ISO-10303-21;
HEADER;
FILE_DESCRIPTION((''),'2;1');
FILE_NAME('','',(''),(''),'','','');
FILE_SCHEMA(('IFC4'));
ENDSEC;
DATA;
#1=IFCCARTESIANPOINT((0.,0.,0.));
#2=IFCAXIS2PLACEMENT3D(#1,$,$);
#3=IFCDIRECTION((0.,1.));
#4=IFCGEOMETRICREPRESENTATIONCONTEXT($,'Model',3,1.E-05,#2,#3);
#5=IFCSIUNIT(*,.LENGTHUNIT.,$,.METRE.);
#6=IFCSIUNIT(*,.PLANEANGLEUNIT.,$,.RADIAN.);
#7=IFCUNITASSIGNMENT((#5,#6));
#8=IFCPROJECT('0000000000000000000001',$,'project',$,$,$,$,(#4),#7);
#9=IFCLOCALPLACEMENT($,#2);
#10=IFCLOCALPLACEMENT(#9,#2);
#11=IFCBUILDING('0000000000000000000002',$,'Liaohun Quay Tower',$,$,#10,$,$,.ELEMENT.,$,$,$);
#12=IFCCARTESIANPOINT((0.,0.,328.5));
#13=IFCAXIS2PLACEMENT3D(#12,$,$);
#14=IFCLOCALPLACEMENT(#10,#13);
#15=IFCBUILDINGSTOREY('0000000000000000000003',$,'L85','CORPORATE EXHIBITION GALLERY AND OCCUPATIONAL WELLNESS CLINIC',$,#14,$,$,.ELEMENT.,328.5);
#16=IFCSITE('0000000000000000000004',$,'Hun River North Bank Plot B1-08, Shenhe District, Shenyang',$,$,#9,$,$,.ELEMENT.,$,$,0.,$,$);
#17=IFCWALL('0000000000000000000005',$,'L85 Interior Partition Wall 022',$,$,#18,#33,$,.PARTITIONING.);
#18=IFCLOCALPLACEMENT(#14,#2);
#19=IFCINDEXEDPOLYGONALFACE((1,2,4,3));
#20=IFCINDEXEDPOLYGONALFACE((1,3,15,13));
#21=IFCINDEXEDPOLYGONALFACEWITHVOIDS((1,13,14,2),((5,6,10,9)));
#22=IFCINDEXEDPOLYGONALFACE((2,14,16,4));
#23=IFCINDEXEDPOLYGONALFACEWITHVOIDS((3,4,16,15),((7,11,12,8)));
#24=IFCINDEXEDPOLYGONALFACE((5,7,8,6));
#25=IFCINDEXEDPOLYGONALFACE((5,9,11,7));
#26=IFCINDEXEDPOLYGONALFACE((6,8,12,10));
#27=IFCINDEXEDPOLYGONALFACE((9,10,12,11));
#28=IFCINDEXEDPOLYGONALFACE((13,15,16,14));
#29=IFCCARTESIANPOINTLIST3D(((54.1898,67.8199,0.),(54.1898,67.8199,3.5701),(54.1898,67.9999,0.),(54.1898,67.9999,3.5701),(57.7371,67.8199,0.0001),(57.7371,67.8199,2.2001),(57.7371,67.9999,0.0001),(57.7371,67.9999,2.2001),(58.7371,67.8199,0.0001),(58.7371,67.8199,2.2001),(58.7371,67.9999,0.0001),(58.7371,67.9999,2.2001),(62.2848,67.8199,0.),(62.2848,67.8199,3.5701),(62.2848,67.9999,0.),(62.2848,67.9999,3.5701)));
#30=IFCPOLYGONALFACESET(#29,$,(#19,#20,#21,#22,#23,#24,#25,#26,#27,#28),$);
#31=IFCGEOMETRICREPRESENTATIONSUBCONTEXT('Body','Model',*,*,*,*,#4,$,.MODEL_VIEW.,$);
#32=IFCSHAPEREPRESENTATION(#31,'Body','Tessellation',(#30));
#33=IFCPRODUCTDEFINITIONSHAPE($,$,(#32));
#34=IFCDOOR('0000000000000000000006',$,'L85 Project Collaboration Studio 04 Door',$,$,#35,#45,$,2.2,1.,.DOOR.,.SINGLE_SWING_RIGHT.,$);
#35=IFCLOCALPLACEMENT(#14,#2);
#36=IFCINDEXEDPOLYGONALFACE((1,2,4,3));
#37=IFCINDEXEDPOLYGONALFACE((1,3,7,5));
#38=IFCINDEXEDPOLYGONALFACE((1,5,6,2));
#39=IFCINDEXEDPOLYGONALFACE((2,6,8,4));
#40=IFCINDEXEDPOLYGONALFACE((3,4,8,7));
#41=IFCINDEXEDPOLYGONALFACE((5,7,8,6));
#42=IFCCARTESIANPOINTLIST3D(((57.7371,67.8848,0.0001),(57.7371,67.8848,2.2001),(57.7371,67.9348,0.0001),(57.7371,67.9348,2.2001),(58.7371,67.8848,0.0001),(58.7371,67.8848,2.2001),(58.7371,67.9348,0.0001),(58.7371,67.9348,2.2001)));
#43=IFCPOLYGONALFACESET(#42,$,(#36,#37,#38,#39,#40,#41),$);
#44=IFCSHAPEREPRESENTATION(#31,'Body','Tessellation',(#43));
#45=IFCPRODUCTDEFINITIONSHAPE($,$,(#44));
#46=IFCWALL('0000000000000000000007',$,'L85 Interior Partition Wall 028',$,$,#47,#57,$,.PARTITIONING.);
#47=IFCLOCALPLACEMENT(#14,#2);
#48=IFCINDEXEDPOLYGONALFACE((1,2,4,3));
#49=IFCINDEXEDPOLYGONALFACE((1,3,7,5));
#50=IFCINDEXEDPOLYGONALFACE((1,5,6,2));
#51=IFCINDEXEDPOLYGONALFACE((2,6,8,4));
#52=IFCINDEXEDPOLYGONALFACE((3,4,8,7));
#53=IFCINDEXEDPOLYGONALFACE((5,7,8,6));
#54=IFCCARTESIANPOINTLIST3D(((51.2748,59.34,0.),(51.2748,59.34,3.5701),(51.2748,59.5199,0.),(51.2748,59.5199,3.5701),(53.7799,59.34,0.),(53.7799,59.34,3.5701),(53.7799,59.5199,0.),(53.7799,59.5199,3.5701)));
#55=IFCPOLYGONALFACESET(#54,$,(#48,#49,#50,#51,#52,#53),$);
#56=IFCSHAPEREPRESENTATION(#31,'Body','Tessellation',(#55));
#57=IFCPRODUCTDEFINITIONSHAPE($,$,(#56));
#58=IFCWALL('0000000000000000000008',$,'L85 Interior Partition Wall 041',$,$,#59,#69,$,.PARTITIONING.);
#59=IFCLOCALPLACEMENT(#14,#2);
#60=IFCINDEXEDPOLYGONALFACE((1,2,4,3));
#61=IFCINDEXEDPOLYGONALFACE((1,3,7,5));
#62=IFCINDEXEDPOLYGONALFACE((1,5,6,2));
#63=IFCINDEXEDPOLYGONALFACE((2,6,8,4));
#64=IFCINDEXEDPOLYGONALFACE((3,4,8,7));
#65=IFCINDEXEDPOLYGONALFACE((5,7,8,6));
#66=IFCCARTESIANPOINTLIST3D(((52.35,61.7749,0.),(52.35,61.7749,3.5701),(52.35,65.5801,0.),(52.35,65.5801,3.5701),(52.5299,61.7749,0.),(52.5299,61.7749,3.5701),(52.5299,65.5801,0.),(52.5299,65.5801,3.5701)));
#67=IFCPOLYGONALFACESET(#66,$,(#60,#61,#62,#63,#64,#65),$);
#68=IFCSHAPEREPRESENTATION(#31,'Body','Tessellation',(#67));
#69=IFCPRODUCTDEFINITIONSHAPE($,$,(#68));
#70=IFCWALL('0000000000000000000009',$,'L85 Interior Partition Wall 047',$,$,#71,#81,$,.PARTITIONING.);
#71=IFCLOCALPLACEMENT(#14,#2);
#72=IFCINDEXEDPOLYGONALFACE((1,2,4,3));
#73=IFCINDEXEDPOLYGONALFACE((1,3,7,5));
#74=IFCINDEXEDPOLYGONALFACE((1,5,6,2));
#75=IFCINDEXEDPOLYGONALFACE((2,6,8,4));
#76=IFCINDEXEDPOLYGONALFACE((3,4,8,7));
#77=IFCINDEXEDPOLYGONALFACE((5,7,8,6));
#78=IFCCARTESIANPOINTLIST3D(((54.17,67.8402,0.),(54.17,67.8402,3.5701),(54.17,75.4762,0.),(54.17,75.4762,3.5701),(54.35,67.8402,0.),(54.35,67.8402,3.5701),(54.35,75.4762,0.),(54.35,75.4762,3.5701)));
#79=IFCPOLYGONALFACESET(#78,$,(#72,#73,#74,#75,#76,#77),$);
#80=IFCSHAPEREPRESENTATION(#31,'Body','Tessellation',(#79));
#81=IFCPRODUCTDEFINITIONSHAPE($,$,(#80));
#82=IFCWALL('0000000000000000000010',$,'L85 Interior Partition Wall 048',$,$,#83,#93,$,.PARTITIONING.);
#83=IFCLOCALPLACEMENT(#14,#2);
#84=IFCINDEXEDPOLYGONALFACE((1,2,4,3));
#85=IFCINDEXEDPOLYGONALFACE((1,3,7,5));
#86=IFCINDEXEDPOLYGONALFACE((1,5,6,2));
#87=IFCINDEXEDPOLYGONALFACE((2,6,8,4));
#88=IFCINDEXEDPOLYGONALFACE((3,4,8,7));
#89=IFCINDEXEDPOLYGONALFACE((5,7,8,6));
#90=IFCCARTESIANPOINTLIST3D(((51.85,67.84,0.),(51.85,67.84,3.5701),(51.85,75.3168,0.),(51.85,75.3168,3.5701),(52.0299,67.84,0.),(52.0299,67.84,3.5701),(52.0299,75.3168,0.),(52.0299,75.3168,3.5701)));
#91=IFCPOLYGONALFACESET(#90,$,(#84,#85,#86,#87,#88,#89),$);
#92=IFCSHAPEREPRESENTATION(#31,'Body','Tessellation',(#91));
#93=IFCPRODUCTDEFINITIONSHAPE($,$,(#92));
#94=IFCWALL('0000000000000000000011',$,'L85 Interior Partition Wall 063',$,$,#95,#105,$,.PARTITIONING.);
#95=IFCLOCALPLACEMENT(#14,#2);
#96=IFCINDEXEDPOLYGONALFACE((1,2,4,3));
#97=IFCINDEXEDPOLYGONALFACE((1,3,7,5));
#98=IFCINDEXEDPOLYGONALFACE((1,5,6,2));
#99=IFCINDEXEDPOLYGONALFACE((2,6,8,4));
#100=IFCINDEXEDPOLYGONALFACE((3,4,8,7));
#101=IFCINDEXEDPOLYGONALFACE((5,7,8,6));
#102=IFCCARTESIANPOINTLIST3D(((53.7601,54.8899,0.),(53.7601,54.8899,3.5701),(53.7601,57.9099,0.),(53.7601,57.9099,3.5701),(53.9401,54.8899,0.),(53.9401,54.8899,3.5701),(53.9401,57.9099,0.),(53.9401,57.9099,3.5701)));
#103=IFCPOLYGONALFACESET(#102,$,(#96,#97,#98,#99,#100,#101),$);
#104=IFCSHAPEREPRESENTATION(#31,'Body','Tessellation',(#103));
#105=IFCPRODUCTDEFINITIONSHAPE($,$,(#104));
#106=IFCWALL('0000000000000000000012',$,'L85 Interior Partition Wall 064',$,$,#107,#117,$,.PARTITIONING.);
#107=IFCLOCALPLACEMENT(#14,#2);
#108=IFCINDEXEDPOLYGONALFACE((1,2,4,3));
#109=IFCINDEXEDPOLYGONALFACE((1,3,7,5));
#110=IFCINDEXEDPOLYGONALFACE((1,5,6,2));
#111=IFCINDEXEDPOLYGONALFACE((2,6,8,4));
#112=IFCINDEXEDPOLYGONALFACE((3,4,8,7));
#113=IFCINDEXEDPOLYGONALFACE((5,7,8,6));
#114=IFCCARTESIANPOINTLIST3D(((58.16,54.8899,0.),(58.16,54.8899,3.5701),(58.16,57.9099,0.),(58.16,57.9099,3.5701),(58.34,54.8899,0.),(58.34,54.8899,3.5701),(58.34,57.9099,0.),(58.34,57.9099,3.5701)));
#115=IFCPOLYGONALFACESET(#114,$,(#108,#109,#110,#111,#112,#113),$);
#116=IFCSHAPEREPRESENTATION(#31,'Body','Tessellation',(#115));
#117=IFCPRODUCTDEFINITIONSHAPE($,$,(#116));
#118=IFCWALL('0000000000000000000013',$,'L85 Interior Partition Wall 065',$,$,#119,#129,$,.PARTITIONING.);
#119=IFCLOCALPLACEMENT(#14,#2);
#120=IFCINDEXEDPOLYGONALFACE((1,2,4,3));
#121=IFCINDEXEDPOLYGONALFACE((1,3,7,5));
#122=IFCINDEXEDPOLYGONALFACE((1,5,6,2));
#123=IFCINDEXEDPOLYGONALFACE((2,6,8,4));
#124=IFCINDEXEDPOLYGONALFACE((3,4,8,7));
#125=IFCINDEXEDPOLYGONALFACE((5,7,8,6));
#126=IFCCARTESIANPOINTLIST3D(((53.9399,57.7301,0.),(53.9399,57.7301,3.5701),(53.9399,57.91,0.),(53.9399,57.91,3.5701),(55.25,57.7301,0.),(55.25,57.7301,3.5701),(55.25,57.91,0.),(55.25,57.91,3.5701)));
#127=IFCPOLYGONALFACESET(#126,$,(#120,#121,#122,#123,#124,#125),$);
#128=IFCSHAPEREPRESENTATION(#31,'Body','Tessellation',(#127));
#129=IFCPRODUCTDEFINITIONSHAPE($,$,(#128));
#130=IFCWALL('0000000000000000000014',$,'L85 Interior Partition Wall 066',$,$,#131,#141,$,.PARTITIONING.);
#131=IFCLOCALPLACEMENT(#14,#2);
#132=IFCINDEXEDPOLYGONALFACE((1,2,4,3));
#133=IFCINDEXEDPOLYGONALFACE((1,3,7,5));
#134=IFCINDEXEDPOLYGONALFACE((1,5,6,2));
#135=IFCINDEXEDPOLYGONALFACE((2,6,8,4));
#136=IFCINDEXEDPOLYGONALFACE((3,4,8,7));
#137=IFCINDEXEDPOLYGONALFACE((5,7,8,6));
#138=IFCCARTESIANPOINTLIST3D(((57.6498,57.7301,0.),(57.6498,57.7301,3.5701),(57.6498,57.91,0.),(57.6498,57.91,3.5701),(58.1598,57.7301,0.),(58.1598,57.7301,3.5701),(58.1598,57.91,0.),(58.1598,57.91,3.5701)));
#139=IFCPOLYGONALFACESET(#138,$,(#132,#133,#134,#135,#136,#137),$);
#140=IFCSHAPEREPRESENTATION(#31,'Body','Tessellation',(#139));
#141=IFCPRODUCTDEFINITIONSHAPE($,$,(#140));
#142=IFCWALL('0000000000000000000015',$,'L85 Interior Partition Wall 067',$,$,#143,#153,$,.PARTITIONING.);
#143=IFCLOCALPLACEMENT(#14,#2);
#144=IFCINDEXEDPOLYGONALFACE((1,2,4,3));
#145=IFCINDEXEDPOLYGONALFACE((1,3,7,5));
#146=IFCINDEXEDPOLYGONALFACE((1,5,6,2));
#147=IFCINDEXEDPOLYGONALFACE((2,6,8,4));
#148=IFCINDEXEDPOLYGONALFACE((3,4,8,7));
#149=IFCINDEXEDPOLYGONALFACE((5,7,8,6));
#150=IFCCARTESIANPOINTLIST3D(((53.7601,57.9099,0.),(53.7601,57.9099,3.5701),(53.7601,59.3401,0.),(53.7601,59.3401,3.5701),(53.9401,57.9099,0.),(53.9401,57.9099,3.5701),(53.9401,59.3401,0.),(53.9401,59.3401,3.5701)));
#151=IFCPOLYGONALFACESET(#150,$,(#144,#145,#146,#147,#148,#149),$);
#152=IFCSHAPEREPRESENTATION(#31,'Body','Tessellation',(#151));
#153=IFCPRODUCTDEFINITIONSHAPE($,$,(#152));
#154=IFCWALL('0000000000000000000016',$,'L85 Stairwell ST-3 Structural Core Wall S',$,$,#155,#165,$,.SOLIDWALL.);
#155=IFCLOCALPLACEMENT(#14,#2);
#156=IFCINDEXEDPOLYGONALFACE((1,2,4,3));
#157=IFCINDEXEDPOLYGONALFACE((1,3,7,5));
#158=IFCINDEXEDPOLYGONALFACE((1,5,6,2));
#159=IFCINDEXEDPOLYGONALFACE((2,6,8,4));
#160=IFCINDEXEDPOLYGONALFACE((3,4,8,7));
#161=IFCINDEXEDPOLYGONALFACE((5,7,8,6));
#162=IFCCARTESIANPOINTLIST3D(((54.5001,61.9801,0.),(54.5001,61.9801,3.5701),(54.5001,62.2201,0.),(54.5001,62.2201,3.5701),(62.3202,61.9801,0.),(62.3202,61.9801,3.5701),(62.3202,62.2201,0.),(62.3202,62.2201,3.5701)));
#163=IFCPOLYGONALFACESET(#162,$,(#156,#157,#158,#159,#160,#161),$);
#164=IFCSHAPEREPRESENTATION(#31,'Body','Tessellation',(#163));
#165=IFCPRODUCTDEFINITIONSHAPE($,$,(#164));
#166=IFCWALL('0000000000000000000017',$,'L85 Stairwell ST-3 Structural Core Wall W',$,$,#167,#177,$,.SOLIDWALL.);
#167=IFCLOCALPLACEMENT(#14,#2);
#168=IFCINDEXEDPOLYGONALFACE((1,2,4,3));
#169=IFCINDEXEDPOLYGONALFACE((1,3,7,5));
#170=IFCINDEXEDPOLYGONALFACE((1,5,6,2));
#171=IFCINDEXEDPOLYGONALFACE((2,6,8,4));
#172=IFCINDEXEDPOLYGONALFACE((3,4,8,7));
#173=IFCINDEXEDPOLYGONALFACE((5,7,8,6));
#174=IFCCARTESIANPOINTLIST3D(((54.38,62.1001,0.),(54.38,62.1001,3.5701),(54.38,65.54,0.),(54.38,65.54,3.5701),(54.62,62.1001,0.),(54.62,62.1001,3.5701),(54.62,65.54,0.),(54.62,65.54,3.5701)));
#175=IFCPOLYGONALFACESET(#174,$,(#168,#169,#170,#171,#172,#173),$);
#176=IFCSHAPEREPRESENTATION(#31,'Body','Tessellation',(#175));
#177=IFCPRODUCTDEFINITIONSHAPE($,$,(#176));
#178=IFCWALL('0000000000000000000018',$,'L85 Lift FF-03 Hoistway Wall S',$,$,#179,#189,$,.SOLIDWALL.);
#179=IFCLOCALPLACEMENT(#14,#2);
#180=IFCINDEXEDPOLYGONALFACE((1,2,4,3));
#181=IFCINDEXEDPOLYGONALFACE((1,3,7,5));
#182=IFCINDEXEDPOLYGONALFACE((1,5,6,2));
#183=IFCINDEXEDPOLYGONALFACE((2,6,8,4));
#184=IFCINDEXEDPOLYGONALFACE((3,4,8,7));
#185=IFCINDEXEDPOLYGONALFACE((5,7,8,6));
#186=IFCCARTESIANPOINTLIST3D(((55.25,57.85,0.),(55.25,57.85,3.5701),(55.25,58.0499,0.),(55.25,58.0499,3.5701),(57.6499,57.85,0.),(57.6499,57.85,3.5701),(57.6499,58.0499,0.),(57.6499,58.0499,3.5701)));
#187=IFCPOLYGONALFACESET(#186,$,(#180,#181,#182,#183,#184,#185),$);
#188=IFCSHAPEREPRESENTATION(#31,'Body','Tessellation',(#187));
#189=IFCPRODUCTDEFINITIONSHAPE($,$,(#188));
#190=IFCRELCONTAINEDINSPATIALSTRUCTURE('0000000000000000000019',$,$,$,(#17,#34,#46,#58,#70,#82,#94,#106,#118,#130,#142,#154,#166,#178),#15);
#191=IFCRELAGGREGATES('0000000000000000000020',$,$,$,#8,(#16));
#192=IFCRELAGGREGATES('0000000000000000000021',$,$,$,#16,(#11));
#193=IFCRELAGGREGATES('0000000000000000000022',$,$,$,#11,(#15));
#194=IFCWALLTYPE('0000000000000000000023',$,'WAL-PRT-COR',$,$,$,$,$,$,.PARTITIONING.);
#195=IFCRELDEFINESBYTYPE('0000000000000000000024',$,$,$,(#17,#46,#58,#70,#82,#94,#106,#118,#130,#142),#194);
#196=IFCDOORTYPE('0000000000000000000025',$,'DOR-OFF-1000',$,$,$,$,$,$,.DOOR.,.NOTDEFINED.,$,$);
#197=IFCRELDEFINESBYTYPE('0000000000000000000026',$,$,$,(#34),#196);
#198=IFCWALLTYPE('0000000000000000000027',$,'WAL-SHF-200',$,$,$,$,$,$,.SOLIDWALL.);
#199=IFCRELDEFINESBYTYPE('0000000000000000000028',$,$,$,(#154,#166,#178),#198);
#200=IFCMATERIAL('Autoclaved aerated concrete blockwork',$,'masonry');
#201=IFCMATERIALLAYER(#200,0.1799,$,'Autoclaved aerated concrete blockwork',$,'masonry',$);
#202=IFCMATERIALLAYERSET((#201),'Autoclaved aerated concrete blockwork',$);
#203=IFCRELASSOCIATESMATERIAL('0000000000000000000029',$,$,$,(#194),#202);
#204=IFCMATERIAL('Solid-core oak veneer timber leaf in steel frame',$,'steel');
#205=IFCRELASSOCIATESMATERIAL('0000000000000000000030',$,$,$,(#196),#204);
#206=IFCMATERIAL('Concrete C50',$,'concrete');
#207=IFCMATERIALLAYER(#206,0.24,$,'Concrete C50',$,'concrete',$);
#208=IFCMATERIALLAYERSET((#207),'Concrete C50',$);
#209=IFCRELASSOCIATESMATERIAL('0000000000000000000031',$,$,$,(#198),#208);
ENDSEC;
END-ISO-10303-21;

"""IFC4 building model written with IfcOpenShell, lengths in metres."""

from ifc_helpers import new_model, si_unit, direction, frame, frame_2d, origin, place, context, subcontext, project, spatial, rectangle, extrude, source, transform, mapped, material, layer, layer_set, type_object, element, fill, save


model = new_model("IFC4")

# Units and contexts
model_context = context("Model", 3, precision=1e-05, world=origin(), true_north=direction((0.0, 1.0)))
body_context = subcontext(model_context, "Body", "Model", "MODEL_VIEW")
ifc_project = project(units=[si_unit("LENGTHUNIT", "METRE"), si_unit("PLANEANGLEUNIT", "RADIAN")], contexts=[model_context])

# Site, building, storey
site_placement = place(None, origin())
site = spatial("IfcSite", under=ifc_project, at=site_placement, Name="Hun River North Bank Plot B1-08, Shenhe District, Shenyang", CompositionType="ELEMENT", RefElevation=0.0)
building_placement = place(site_placement, origin())
building = spatial("IfcBuilding", under=site, at=building_placement, Name="Liaohun Quay Tower", CompositionType="ELEMENT")
storey_placement = place(building_placement, frame((0.0, 0.0, 328.5)))
storey = spatial("IfcBuildingStorey", under=building, at=storey_placement, Name="L85", Description="CORPORATE EXHIBITION GALLERY AND OCCUPATIONAL WELLNESS CLINIC", CompositionType="ELEMENT", Elevation=328.5)

# Shared definitions
ifc_material_1 = material(Name="Concrete C50", Category="concrete")

# Wall, opening, door
ifc_material_2 = material(Name="Autoclaved aerated concrete blockwork", Category="masonry")
ifc_layer_1 = layer(ifc_material_2, 0.1799, Name="Autoclaved aerated concrete blockwork", Category="masonry")
ifc_layer_set_1 = layer_set([ifc_layer_1], Name="Autoclaved aerated concrete blockwork")
wall_type_1 = type_object("IfcWallType", Name="WAL-PRT-COR", PredefinedType="PARTITIONING", material=ifc_layer_set_1)
shared_shape_1 = source(origin(), body_context, "Body", "SweptSolid", [
    extrude(rectangle(XDim=1.0, YDim=2.2, at=frame_2d((0.5, 1.1001))), frame((0.0, 0.0999, 0.0), z_axis=(0.0, -1.0, 0.0), x_axis=(1.0, 0.0, 0.0)), (0.0, 0.0, 1.0), 0.2),
])
ifc_material_3 = material(Name="Solid-core oak veneer timber leaf in steel frame", Category="steel")
door_type_1 = type_object("IfcDoorType", Name="DOR-OFF-1000", OperationType="NOTDEFINED", PredefinedType="DOOR", material=ifc_material_3)
shared_shape_2 = source(origin(), body_context, "Body", "SweptSolid", [
    extrude(rectangle(XDim=1.0, YDim=2.2, at=frame_2d((0.5, 1.1001))), frame((0.0, 0.0249, 0.0), z_axis=(0.0, -1.0, 0.0), x_axis=(1.0, 0.0, 0.0)), (0.0, 0.0, 1.0), 0.05),
])
wall_1_placement = place(storey_placement, frame((54.1899, 67.9099, 0.0), z_axis=(0.0, 0.0, 1.0), x_axis=(1.0, 0.0, 0.0)))
wall_1 = element("IfcWall", 1, at=wall_1_placement, inside=storey, type_object=wall_type_1, Name="L85 Interior Partition Wall 022", PredefinedType="PARTITIONING", context=body_context, shape_type="SweptSolid", body=[
    extrude(rectangle(XDim=8.095, YDim=0.1799, at=frame_2d((4.0474, 0.0))), origin(), (0.0, 0.0, 1.0), 3.5701),
])
opening_1_placement = place(wall_1_placement, frame((3.5471, 0.0, 0.0)))
opening_1 = element("IfcOpeningElement", 2, at=opening_1_placement, cuts=wall_1, PredefinedType="OPENING", context=body_context, shape_type="MappedRepresentation", body=[
    mapped(shared_shape_1, transform((0.0, 0.0, 0.0), x_axis=(1.0, 0.0, 0.0), y_axis=(0.0, 1.0, 0.0), z_axis=(0.0, 0.0, 1.0), scale=1.0)),
])
door_1_placement = place(opening_1_placement, origin())
door_1 = element("IfcDoor", 3, at=door_1_placement, inside=storey, type_object=door_type_1, Name="L85 Project Collaboration Studio 04 Door", OperationType="SINGLE_SWING_RIGHT", OverallHeight=2.2, OverallWidth=1.0, PredefinedType="DOOR", context=body_context, shape_type="MappedRepresentation", body=[
    mapped(shared_shape_2, transform((0.0, 0.0, 0.0), x_axis=(1.0, 0.0, 0.0), y_axis=(0.0, 1.0, 0.0), z_axis=(0.0, 0.0, 1.0), scale=1.0)),
])
fill(opening_1, door_1)

# Walls
wall_2_placement = place(storey_placement, frame((51.2749, 59.4299, 0.0), z_axis=(0.0, 0.0, 1.0), x_axis=(1.0, 0.0, 0.0)))
element("IfcWall", 4, at=wall_2_placement, inside=storey, type_object=wall_type_1, Name="L85 Interior Partition Wall 028", PredefinedType="PARTITIONING", context=body_context, shape_type="SweptSolid", body=[
    extrude(rectangle(XDim=2.5051, YDim=0.1799, at=frame_2d((1.2524, 0.0))), origin(), (0.0, 0.0, 1.0), 3.5701),
])
wall_3_placement = place(storey_placement, frame((52.4399, 61.7749, 0.0), z_axis=(0.0, 0.0, 1.0), x_axis=(0.0, 1.0, 0.0)))
element("IfcWall", 5, at=wall_3_placement, inside=storey, type_object=wall_type_1, Name="L85 Interior Partition Wall 041", PredefinedType="PARTITIONING", context=body_context, shape_type="SweptSolid", body=[
    extrude(rectangle(XDim=3.8052, YDim=0.1799, at=frame_2d((1.9026, 0.0))), origin(), (0.0, 0.0, 1.0), 3.5701),
])
wall_4_placement = place(storey_placement, frame((54.26, 75.4761, 0.0), z_axis=(0.0, 0.0, 1.0), x_axis=(0.0, -1.0, 0.0)))
element("IfcWall", 6, at=wall_4_placement, inside=storey, type_object=wall_type_1, Name="L85 Interior Partition Wall 047", PredefinedType="PARTITIONING", context=body_context, shape_type="SweptSolid", body=[
    extrude(rectangle(XDim=7.636, YDim=0.1799, at=frame_2d((3.8179, 0.0))), origin(), (0.0, 0.0, 1.0), 3.5701),
])
wall_5_placement = place(storey_placement, frame((51.9399, 67.8401, 0.0), z_axis=(0.0, 0.0, 1.0), x_axis=(0.0, 1.0, 0.0)))
element("IfcWall", 7, at=wall_5_placement, inside=storey, type_object=wall_type_1, Name="L85 Interior Partition Wall 048", PredefinedType="PARTITIONING", context=body_context, shape_type="SweptSolid", body=[
    extrude(rectangle(XDim=7.4768, YDim=0.1799, at=frame_2d((3.7383, 0.0))), origin(), (0.0, 0.0, 1.0), 3.5701),
])
for number, where, z_axis, x_axis, name in (
    (8, (53.8501, 54.8899, 0.0), (0.0, 0.0, 1.0), (0.0, 1.0, 0.0), "L85 Interior Partition Wall 063"),
    (9, (58.25, 54.8899, 0.0), (0.0, 0.0, 1.0), (0.0, 1.0, 0.0), "L85 Interior Partition Wall 064"),
):
    element("IfcWall", number, at=place(storey_placement, frame(where, z_axis=z_axis, x_axis=x_axis)), inside=storey, type_object=wall_type_1, Name=name, PredefinedType="PARTITIONING", context=body_context, shape_type="SweptSolid", body=[
        extrude(rectangle(XDim=3.02, YDim=0.1799, at=frame_2d((1.51, 0.0))), origin(), (0.0, 0.0, 1.0), 3.5701),
    ])
wall_6_placement = place(storey_placement, frame((53.9399, 57.8201, 0.0), z_axis=(0.0, 0.0, 1.0), x_axis=(1.0, 0.0, 0.0)))
element("IfcWall", 10, at=wall_6_placement, inside=storey, type_object=wall_type_1, Name="L85 Interior Partition Wall 065", PredefinedType="PARTITIONING", context=body_context, shape_type="SweptSolid", body=[
    extrude(rectangle(XDim=1.3101, YDim=0.1799, at=frame_2d((0.655, 0.0))), origin(), (0.0, 0.0, 1.0), 3.5701),
])
wall_7_placement = place(storey_placement, frame((57.6499, 57.8201, 0.0), z_axis=(0.0, 0.0, 1.0), x_axis=(1.0, 0.0, 0.0)))
element("IfcWall", 11, at=wall_7_placement, inside=storey, type_object=wall_type_1, Name="L85 Interior Partition Wall 066", PredefinedType="PARTITIONING", context=body_context, shape_type="SweptSolid", body=[
    extrude(rectangle(XDim=0.51, YDim=0.1799, at=frame_2d((0.2549, 0.0))), origin(), (0.0, 0.0, 1.0), 3.5701),
])
wall_8_placement = place(storey_placement, frame((53.8501, 57.9099, 0.0), z_axis=(0.0, 0.0, 1.0), x_axis=(0.0, 1.0, 0.0)))
element("IfcWall", 12, at=wall_8_placement, inside=storey, type_object=wall_type_1, Name="L85 Interior Partition Wall 067", PredefinedType="PARTITIONING", context=body_context, shape_type="SweptSolid", body=[
    extrude(rectangle(XDim=1.4302, YDim=0.1799, at=frame_2d((0.7151, 0.0))), origin(), (0.0, 0.0, 1.0), 3.5701),
])
ifc_layer_2 = layer(ifc_material_1, 0.24, Name="Concrete C50", Category="concrete")
ifc_layer_set_2 = layer_set([ifc_layer_2], Name="Concrete C50")
wall_type_2 = type_object("IfcWallType", Name="WAL-SHF-200", PredefinedType="SOLIDWALL", material=ifc_layer_set_2)
wall_9_placement = place(storey_placement, frame((54.5, 62.1001, 0.0), z_axis=(0.0, 0.0, 1.0), x_axis=(1.0, 0.0, 0.0)))
element("IfcWall", 13, at=wall_9_placement, inside=storey, type_object=wall_type_2, Name="L85 Stairwell ST-3 Structural Core Wall S", PredefinedType="SOLIDWALL", context=body_context, shape_type="SweptSolid", body=[
    extrude(rectangle(XDim=7.8201, YDim=0.24, at=frame_2d((3.9102, 0.0))), origin(), (0.0, 0.0, 1.0), 3.5701),
])
wall_10_placement = place(storey_placement, frame((54.5, 65.54, 0.0), z_axis=(0.0, 0.0, 1.0), x_axis=(0.0, -1.0, 0.0)))
element("IfcWall", 14, at=wall_10_placement, inside=storey, type_object=wall_type_2, Name="L85 Stairwell ST-3 Structural Core Wall W", PredefinedType="SOLIDWALL", context=body_context, shape_type="SweptSolid", body=[
    extrude(rectangle(XDim=3.4399, YDim=0.24, at=frame_2d((1.72, 0.0))), origin(), (0.0, 0.0, 1.0), 3.5701),
])
wall_11_placement = place(storey_placement, frame((55.25, 57.95, 0.0), z_axis=(0.0, 0.0, 1.0), x_axis=(1.0, 0.0, 0.0)))
element("IfcWall", 15, at=wall_11_placement, inside=storey, type_object=wall_type_2, Name="L85 Lift FF-03 Hoistway Wall S", PredefinedType="SOLIDWALL", context=body_context, shape_type="SweptSolid", body=[
    extrude(rectangle(XDim=2.3999, YDim=0.2, at=frame_2d((1.2, 0.0))), origin(), (0.0, 0.0, 1.0), 3.5701),
])

save(model, "model.ifc")
